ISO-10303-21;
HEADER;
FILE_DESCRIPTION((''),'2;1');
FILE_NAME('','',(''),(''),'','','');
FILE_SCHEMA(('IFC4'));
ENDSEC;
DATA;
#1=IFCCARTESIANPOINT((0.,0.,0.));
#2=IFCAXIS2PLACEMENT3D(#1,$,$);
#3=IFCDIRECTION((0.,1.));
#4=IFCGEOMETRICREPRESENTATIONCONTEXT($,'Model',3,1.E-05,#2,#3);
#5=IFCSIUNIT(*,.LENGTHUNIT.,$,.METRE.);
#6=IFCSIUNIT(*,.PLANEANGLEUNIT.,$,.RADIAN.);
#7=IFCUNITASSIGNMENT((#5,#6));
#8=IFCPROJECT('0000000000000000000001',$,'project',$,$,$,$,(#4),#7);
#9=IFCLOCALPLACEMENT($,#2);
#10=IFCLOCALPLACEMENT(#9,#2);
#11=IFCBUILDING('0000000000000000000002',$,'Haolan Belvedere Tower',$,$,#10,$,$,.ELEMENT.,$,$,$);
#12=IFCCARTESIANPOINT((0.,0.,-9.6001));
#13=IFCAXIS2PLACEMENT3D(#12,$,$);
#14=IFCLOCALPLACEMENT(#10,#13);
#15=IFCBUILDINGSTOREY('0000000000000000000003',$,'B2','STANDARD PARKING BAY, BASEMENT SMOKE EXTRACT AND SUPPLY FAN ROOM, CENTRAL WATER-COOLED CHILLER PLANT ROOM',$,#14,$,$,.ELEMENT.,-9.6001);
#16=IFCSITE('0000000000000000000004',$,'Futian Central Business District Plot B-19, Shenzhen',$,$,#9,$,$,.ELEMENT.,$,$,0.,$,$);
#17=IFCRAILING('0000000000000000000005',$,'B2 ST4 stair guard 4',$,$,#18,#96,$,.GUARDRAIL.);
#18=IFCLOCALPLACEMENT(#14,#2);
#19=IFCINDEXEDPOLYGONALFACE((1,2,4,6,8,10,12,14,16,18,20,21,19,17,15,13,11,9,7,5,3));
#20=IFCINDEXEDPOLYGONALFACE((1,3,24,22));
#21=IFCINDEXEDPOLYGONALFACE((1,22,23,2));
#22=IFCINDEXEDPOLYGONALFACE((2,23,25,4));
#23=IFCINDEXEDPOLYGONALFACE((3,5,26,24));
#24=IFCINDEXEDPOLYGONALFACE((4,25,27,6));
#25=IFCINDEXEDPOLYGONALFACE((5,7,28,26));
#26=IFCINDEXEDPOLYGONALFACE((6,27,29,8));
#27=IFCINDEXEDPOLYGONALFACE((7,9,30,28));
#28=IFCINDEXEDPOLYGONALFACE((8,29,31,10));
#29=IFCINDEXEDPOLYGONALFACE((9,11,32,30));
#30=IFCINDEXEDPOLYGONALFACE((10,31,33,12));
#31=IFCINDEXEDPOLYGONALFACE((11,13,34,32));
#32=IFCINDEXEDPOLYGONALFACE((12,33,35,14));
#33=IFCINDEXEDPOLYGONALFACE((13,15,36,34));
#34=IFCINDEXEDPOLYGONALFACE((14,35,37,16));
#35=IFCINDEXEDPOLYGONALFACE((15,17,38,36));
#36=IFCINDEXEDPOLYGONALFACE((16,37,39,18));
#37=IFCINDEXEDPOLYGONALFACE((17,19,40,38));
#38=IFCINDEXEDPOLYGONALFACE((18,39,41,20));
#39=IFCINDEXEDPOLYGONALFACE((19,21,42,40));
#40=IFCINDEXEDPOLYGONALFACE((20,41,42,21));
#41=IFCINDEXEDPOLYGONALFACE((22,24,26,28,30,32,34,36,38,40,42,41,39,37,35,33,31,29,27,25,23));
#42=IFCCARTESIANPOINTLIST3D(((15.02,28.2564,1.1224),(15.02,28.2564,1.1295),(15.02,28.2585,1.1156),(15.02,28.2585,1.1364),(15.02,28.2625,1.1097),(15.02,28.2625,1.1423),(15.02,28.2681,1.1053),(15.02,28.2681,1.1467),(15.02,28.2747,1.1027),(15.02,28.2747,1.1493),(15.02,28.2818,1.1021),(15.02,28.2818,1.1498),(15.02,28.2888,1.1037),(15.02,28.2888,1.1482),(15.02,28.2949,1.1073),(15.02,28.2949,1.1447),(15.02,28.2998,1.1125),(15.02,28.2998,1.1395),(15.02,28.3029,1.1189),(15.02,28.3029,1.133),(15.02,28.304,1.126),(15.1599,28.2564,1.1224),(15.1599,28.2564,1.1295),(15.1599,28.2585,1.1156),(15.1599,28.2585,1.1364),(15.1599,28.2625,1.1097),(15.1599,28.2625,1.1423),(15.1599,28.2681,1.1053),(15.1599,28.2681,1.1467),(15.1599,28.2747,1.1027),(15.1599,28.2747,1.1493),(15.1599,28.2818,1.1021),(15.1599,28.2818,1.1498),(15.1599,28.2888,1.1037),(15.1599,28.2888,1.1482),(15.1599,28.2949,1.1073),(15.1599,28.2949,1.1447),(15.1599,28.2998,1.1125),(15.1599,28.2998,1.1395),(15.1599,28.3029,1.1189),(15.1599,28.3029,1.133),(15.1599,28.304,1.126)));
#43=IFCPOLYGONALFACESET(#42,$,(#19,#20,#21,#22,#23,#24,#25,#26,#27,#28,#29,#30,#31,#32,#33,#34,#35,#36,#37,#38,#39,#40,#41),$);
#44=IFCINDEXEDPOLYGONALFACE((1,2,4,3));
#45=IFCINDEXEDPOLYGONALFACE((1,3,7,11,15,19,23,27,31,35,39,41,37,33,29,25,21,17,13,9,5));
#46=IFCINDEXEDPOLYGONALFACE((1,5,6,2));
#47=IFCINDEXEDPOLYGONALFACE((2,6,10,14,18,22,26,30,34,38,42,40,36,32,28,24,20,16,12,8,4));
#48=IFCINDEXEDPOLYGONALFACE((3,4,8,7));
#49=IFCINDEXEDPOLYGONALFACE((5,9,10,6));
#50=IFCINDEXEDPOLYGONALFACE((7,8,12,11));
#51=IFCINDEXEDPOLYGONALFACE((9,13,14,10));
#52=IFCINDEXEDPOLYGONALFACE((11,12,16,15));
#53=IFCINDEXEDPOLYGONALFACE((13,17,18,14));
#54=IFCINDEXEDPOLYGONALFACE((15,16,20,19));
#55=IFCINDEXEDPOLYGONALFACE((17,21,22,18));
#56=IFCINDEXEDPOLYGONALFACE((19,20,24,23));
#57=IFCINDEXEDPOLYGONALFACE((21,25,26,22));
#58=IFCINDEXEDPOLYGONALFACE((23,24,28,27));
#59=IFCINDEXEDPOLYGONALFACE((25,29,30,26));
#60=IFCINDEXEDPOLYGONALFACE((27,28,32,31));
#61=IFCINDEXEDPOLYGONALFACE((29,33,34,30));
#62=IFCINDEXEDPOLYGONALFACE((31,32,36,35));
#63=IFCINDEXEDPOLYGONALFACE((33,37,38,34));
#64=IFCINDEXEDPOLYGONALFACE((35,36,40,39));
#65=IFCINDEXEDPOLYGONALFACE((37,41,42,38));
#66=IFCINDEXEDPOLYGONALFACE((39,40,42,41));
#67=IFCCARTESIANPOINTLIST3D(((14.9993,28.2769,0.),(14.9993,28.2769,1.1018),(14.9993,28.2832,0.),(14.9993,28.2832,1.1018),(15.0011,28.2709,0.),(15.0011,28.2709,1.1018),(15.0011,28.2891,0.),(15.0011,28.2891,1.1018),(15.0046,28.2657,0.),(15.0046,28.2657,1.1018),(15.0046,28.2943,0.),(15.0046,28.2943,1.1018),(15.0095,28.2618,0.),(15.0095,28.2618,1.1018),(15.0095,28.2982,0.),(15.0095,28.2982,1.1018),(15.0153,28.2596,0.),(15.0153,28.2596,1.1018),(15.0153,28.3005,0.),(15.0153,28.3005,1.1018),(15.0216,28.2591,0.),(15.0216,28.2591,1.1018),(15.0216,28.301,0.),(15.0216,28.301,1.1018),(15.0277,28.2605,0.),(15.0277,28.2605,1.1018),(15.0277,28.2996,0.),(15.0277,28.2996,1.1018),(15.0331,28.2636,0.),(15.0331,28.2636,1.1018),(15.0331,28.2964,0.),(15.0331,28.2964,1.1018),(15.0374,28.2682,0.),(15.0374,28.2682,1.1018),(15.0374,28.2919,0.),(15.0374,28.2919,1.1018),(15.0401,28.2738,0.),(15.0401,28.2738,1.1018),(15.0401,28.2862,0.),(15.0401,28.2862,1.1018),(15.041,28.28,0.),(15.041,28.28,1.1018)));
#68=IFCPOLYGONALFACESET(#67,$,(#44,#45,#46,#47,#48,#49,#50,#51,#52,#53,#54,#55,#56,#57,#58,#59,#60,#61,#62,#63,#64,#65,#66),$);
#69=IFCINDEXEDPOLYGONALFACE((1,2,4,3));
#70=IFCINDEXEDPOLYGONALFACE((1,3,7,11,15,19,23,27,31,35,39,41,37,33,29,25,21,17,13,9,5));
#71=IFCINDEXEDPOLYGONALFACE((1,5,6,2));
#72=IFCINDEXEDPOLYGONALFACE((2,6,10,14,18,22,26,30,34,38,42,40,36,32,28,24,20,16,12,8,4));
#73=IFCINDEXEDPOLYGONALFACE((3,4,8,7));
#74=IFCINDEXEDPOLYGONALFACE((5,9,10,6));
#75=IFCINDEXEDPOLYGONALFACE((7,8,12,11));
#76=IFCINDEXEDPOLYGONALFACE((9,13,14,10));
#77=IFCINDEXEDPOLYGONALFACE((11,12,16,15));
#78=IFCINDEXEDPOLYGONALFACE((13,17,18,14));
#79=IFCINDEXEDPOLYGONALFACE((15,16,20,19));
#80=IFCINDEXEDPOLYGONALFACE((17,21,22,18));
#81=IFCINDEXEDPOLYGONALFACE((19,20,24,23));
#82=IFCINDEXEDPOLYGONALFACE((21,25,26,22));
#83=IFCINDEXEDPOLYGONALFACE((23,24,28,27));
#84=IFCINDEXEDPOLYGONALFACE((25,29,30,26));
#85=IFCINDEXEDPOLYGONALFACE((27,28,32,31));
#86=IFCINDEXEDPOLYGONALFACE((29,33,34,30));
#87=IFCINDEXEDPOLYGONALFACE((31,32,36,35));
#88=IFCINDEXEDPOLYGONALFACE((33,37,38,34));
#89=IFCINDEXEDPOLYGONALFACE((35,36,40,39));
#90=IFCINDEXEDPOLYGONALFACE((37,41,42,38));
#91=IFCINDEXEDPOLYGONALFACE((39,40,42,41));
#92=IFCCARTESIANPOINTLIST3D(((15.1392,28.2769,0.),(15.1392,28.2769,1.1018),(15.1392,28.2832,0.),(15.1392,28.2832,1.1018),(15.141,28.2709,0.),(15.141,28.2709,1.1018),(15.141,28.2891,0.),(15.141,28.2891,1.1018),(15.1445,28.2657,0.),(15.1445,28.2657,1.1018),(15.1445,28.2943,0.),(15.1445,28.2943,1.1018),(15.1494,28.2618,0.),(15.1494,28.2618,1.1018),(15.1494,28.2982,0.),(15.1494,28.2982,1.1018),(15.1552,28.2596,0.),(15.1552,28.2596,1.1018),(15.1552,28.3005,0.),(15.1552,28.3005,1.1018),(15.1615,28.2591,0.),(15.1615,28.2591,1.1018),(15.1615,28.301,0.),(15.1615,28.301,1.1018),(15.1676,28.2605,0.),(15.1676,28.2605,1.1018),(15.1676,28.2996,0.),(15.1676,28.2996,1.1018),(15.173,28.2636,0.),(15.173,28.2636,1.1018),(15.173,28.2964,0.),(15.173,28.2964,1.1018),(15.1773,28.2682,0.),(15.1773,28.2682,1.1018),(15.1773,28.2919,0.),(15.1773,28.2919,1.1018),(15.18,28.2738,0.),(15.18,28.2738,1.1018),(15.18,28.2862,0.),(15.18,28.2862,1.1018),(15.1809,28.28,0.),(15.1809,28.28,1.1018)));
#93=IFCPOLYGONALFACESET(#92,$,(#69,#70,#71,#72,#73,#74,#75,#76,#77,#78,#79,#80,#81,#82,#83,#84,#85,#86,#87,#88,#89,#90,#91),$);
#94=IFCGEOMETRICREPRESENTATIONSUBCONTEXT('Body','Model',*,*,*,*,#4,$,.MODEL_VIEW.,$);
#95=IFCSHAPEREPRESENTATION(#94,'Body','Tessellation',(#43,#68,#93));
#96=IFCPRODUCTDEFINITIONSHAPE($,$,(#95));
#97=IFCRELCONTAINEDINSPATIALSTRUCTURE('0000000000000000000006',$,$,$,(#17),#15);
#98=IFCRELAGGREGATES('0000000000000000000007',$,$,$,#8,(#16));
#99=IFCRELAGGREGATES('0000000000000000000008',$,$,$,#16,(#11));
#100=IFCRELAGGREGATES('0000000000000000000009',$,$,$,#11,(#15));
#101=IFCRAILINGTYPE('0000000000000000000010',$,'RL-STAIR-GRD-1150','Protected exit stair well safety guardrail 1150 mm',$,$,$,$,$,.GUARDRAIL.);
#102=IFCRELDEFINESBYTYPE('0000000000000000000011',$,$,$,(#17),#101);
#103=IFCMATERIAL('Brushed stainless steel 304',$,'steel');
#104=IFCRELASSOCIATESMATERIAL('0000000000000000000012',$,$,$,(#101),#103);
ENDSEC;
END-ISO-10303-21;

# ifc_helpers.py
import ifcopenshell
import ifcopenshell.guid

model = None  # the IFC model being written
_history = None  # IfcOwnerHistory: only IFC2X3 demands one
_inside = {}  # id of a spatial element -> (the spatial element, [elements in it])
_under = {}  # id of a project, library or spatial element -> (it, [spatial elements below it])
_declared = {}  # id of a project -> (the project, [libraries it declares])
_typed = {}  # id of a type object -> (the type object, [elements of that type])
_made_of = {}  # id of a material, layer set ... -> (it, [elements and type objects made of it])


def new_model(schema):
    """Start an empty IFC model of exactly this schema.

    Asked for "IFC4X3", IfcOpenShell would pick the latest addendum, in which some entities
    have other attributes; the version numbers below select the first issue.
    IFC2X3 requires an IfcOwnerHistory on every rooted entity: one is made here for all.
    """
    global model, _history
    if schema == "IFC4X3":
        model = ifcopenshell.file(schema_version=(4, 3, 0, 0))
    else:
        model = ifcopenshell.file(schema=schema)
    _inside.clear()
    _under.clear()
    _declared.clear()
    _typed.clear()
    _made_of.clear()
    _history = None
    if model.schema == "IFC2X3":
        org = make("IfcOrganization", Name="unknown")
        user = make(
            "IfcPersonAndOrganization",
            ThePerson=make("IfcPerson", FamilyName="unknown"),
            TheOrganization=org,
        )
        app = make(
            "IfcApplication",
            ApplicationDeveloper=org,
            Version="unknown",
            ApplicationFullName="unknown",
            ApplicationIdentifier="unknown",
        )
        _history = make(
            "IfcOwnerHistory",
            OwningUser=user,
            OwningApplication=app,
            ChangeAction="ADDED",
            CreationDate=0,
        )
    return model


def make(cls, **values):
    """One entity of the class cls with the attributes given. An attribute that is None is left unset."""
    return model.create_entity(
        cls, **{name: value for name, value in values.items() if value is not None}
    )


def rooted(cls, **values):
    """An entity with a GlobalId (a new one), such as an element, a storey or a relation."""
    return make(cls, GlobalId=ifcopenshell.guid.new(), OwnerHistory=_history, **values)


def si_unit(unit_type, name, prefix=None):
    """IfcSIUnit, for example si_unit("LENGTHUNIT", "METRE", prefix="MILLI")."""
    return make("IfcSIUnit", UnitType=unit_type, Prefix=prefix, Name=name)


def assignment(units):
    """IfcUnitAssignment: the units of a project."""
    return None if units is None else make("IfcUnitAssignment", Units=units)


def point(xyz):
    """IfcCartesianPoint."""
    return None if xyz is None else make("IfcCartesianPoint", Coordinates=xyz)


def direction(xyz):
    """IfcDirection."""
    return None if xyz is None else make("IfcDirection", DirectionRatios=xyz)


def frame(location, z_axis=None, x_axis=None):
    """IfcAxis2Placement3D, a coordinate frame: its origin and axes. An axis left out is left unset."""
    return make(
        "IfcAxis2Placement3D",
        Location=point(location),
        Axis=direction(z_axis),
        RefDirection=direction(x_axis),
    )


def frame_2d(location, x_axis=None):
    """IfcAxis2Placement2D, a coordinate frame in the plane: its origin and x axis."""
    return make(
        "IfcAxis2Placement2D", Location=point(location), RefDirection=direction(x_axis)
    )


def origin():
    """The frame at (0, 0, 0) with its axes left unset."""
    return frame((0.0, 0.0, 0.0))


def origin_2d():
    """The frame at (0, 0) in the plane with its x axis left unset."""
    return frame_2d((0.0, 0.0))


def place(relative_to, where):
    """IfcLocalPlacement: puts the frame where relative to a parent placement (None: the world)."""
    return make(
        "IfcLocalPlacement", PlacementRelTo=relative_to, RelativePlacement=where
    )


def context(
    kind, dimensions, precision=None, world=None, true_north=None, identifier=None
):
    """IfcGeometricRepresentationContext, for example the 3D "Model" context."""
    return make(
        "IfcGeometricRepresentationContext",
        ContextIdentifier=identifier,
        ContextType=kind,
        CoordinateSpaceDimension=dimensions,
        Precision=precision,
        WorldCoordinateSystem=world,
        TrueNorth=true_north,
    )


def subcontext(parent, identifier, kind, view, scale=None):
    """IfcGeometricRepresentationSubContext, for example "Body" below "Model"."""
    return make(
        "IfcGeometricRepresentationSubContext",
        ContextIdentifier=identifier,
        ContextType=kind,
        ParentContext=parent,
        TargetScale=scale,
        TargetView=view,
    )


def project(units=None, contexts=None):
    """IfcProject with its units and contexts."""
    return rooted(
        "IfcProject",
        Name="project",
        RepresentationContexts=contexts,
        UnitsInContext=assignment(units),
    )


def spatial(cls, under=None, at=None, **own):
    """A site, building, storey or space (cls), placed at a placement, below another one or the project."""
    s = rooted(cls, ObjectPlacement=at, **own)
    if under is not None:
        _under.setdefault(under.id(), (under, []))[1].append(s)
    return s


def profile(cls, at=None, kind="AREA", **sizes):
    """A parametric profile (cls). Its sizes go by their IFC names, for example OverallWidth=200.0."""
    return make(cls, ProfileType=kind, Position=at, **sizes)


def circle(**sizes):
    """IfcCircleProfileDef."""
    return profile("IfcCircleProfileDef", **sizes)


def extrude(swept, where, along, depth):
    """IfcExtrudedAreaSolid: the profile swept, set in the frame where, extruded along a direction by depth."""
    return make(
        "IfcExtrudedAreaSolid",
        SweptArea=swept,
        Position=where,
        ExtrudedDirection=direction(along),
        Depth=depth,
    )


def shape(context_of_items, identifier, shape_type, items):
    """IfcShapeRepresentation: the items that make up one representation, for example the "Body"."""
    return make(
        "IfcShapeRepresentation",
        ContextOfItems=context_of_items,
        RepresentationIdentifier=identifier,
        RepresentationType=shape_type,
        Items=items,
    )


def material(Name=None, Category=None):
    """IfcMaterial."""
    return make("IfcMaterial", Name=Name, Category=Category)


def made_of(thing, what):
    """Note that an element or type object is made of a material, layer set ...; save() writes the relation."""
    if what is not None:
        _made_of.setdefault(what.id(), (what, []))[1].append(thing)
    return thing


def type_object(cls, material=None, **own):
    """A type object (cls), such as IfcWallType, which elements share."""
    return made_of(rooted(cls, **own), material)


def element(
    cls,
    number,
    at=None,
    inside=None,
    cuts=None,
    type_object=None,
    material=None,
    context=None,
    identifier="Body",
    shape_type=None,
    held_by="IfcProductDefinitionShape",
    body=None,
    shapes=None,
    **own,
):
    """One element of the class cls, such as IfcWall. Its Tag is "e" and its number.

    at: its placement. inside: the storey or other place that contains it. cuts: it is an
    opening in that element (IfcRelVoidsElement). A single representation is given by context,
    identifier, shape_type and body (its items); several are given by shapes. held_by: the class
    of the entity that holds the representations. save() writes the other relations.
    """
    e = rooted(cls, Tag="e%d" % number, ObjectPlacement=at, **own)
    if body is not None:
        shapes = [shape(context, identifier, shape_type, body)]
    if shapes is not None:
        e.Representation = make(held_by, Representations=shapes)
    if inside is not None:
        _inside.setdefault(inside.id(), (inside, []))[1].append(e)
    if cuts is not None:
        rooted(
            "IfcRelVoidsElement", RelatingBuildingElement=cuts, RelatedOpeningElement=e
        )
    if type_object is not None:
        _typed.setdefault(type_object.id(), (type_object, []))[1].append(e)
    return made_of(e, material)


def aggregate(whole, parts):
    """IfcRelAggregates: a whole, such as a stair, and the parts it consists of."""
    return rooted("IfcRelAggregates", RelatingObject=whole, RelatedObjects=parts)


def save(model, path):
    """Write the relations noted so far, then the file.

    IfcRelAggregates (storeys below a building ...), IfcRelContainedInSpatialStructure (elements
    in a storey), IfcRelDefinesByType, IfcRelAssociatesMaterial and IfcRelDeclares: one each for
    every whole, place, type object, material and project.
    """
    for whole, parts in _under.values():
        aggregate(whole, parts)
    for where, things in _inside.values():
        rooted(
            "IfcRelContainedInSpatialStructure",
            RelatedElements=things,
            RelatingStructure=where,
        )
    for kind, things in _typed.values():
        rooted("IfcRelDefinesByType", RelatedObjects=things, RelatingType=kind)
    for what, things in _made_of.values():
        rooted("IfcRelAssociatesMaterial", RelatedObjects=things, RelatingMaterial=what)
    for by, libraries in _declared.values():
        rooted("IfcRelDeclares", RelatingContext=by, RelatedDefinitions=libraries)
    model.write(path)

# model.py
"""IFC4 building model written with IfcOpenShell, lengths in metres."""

from ifc_helpers import new_model, si_unit, direction, frame, origin, origin_2d, place, context, subcontext, project, spatial, circle, extrude, material, type_object, element, save


model = new_model("IFC4")

# Units and contexts
model_context = context("Model", 3, precision=1e-05, world=origin(), true_north=direction((0.0, 1.0)))
body_context = subcontext(model_context, "Body", "Model", "MODEL_VIEW")
ifc_project = project(units=[si_unit("LENGTHUNIT", "METRE"), si_unit("PLANEANGLEUNIT", "RADIAN")], contexts=[model_context])

# Site, building, storey
site_placement = place(None, origin())
site = spatial("IfcSite", under=ifc_project, at=site_placement, Name="Futian Central Business District Plot B-19, Shenzhen", CompositionType="ELEMENT", RefElevation=0.0)
building_placement = place(site_placement, origin())
building = spatial("IfcBuilding", under=site, at=building_placement, Name="Haolan Belvedere Tower", CompositionType="ELEMENT")
storey_placement = place(building_placement, frame((0.0, 0.0, -9.6001)))
storey = spatial("IfcBuildingStorey", under=building, at=storey_placement, Name="B2", Description="STANDARD PARKING BAY, BASEMENT SMOKE EXTRACT AND SUPPLY FAN ROOM, CENTRAL WATER-COOLED CHILLER PLANT ROOM", CompositionType="ELEMENT", Elevation=-9.6001)

# Railing
ifc_material_1 = material(Name="Brushed stainless steel 304", Category="steel")
railing_type_1 = type_object("IfcRailingType", Name="RL-STAIR-GRD-1150", Description="Protected exit stair well safety guardrail 1150 mm", PredefinedType="GUARDRAIL", material=ifc_material_1)
railing_1_placement = place(storey_placement, frame((15.02, 28.28, 0.0)))
element("IfcRailing", 1, at=railing_1_placement, inside=storey, type_object=railing_type_1, Name="B2 ST4 stair guard 4", PredefinedType="GUARDRAIL", context=body_context, shape_type="SweptSolid", body=[
    extrude(circle(Radius=0.0239, at=origin_2d()), frame((0.0, 0.0, 1.126), z_axis=(1.0, 0.0, 0.0), x_axis=(0.0, 1.0, 0.0)), (0.0, 0.0, 1.0), 0.1399),
    extrude(circle(Radius=0.021, at=origin_2d()), origin(), (0.0, 0.0, 1.0), 1.1018),
    extrude(circle(Radius=0.021, at=origin_2d()), frame((0.1399, 0.0, 0.0)), (0.0, 0.0, 1.0), 1.1018),
])

save(model, "model.ifc")
